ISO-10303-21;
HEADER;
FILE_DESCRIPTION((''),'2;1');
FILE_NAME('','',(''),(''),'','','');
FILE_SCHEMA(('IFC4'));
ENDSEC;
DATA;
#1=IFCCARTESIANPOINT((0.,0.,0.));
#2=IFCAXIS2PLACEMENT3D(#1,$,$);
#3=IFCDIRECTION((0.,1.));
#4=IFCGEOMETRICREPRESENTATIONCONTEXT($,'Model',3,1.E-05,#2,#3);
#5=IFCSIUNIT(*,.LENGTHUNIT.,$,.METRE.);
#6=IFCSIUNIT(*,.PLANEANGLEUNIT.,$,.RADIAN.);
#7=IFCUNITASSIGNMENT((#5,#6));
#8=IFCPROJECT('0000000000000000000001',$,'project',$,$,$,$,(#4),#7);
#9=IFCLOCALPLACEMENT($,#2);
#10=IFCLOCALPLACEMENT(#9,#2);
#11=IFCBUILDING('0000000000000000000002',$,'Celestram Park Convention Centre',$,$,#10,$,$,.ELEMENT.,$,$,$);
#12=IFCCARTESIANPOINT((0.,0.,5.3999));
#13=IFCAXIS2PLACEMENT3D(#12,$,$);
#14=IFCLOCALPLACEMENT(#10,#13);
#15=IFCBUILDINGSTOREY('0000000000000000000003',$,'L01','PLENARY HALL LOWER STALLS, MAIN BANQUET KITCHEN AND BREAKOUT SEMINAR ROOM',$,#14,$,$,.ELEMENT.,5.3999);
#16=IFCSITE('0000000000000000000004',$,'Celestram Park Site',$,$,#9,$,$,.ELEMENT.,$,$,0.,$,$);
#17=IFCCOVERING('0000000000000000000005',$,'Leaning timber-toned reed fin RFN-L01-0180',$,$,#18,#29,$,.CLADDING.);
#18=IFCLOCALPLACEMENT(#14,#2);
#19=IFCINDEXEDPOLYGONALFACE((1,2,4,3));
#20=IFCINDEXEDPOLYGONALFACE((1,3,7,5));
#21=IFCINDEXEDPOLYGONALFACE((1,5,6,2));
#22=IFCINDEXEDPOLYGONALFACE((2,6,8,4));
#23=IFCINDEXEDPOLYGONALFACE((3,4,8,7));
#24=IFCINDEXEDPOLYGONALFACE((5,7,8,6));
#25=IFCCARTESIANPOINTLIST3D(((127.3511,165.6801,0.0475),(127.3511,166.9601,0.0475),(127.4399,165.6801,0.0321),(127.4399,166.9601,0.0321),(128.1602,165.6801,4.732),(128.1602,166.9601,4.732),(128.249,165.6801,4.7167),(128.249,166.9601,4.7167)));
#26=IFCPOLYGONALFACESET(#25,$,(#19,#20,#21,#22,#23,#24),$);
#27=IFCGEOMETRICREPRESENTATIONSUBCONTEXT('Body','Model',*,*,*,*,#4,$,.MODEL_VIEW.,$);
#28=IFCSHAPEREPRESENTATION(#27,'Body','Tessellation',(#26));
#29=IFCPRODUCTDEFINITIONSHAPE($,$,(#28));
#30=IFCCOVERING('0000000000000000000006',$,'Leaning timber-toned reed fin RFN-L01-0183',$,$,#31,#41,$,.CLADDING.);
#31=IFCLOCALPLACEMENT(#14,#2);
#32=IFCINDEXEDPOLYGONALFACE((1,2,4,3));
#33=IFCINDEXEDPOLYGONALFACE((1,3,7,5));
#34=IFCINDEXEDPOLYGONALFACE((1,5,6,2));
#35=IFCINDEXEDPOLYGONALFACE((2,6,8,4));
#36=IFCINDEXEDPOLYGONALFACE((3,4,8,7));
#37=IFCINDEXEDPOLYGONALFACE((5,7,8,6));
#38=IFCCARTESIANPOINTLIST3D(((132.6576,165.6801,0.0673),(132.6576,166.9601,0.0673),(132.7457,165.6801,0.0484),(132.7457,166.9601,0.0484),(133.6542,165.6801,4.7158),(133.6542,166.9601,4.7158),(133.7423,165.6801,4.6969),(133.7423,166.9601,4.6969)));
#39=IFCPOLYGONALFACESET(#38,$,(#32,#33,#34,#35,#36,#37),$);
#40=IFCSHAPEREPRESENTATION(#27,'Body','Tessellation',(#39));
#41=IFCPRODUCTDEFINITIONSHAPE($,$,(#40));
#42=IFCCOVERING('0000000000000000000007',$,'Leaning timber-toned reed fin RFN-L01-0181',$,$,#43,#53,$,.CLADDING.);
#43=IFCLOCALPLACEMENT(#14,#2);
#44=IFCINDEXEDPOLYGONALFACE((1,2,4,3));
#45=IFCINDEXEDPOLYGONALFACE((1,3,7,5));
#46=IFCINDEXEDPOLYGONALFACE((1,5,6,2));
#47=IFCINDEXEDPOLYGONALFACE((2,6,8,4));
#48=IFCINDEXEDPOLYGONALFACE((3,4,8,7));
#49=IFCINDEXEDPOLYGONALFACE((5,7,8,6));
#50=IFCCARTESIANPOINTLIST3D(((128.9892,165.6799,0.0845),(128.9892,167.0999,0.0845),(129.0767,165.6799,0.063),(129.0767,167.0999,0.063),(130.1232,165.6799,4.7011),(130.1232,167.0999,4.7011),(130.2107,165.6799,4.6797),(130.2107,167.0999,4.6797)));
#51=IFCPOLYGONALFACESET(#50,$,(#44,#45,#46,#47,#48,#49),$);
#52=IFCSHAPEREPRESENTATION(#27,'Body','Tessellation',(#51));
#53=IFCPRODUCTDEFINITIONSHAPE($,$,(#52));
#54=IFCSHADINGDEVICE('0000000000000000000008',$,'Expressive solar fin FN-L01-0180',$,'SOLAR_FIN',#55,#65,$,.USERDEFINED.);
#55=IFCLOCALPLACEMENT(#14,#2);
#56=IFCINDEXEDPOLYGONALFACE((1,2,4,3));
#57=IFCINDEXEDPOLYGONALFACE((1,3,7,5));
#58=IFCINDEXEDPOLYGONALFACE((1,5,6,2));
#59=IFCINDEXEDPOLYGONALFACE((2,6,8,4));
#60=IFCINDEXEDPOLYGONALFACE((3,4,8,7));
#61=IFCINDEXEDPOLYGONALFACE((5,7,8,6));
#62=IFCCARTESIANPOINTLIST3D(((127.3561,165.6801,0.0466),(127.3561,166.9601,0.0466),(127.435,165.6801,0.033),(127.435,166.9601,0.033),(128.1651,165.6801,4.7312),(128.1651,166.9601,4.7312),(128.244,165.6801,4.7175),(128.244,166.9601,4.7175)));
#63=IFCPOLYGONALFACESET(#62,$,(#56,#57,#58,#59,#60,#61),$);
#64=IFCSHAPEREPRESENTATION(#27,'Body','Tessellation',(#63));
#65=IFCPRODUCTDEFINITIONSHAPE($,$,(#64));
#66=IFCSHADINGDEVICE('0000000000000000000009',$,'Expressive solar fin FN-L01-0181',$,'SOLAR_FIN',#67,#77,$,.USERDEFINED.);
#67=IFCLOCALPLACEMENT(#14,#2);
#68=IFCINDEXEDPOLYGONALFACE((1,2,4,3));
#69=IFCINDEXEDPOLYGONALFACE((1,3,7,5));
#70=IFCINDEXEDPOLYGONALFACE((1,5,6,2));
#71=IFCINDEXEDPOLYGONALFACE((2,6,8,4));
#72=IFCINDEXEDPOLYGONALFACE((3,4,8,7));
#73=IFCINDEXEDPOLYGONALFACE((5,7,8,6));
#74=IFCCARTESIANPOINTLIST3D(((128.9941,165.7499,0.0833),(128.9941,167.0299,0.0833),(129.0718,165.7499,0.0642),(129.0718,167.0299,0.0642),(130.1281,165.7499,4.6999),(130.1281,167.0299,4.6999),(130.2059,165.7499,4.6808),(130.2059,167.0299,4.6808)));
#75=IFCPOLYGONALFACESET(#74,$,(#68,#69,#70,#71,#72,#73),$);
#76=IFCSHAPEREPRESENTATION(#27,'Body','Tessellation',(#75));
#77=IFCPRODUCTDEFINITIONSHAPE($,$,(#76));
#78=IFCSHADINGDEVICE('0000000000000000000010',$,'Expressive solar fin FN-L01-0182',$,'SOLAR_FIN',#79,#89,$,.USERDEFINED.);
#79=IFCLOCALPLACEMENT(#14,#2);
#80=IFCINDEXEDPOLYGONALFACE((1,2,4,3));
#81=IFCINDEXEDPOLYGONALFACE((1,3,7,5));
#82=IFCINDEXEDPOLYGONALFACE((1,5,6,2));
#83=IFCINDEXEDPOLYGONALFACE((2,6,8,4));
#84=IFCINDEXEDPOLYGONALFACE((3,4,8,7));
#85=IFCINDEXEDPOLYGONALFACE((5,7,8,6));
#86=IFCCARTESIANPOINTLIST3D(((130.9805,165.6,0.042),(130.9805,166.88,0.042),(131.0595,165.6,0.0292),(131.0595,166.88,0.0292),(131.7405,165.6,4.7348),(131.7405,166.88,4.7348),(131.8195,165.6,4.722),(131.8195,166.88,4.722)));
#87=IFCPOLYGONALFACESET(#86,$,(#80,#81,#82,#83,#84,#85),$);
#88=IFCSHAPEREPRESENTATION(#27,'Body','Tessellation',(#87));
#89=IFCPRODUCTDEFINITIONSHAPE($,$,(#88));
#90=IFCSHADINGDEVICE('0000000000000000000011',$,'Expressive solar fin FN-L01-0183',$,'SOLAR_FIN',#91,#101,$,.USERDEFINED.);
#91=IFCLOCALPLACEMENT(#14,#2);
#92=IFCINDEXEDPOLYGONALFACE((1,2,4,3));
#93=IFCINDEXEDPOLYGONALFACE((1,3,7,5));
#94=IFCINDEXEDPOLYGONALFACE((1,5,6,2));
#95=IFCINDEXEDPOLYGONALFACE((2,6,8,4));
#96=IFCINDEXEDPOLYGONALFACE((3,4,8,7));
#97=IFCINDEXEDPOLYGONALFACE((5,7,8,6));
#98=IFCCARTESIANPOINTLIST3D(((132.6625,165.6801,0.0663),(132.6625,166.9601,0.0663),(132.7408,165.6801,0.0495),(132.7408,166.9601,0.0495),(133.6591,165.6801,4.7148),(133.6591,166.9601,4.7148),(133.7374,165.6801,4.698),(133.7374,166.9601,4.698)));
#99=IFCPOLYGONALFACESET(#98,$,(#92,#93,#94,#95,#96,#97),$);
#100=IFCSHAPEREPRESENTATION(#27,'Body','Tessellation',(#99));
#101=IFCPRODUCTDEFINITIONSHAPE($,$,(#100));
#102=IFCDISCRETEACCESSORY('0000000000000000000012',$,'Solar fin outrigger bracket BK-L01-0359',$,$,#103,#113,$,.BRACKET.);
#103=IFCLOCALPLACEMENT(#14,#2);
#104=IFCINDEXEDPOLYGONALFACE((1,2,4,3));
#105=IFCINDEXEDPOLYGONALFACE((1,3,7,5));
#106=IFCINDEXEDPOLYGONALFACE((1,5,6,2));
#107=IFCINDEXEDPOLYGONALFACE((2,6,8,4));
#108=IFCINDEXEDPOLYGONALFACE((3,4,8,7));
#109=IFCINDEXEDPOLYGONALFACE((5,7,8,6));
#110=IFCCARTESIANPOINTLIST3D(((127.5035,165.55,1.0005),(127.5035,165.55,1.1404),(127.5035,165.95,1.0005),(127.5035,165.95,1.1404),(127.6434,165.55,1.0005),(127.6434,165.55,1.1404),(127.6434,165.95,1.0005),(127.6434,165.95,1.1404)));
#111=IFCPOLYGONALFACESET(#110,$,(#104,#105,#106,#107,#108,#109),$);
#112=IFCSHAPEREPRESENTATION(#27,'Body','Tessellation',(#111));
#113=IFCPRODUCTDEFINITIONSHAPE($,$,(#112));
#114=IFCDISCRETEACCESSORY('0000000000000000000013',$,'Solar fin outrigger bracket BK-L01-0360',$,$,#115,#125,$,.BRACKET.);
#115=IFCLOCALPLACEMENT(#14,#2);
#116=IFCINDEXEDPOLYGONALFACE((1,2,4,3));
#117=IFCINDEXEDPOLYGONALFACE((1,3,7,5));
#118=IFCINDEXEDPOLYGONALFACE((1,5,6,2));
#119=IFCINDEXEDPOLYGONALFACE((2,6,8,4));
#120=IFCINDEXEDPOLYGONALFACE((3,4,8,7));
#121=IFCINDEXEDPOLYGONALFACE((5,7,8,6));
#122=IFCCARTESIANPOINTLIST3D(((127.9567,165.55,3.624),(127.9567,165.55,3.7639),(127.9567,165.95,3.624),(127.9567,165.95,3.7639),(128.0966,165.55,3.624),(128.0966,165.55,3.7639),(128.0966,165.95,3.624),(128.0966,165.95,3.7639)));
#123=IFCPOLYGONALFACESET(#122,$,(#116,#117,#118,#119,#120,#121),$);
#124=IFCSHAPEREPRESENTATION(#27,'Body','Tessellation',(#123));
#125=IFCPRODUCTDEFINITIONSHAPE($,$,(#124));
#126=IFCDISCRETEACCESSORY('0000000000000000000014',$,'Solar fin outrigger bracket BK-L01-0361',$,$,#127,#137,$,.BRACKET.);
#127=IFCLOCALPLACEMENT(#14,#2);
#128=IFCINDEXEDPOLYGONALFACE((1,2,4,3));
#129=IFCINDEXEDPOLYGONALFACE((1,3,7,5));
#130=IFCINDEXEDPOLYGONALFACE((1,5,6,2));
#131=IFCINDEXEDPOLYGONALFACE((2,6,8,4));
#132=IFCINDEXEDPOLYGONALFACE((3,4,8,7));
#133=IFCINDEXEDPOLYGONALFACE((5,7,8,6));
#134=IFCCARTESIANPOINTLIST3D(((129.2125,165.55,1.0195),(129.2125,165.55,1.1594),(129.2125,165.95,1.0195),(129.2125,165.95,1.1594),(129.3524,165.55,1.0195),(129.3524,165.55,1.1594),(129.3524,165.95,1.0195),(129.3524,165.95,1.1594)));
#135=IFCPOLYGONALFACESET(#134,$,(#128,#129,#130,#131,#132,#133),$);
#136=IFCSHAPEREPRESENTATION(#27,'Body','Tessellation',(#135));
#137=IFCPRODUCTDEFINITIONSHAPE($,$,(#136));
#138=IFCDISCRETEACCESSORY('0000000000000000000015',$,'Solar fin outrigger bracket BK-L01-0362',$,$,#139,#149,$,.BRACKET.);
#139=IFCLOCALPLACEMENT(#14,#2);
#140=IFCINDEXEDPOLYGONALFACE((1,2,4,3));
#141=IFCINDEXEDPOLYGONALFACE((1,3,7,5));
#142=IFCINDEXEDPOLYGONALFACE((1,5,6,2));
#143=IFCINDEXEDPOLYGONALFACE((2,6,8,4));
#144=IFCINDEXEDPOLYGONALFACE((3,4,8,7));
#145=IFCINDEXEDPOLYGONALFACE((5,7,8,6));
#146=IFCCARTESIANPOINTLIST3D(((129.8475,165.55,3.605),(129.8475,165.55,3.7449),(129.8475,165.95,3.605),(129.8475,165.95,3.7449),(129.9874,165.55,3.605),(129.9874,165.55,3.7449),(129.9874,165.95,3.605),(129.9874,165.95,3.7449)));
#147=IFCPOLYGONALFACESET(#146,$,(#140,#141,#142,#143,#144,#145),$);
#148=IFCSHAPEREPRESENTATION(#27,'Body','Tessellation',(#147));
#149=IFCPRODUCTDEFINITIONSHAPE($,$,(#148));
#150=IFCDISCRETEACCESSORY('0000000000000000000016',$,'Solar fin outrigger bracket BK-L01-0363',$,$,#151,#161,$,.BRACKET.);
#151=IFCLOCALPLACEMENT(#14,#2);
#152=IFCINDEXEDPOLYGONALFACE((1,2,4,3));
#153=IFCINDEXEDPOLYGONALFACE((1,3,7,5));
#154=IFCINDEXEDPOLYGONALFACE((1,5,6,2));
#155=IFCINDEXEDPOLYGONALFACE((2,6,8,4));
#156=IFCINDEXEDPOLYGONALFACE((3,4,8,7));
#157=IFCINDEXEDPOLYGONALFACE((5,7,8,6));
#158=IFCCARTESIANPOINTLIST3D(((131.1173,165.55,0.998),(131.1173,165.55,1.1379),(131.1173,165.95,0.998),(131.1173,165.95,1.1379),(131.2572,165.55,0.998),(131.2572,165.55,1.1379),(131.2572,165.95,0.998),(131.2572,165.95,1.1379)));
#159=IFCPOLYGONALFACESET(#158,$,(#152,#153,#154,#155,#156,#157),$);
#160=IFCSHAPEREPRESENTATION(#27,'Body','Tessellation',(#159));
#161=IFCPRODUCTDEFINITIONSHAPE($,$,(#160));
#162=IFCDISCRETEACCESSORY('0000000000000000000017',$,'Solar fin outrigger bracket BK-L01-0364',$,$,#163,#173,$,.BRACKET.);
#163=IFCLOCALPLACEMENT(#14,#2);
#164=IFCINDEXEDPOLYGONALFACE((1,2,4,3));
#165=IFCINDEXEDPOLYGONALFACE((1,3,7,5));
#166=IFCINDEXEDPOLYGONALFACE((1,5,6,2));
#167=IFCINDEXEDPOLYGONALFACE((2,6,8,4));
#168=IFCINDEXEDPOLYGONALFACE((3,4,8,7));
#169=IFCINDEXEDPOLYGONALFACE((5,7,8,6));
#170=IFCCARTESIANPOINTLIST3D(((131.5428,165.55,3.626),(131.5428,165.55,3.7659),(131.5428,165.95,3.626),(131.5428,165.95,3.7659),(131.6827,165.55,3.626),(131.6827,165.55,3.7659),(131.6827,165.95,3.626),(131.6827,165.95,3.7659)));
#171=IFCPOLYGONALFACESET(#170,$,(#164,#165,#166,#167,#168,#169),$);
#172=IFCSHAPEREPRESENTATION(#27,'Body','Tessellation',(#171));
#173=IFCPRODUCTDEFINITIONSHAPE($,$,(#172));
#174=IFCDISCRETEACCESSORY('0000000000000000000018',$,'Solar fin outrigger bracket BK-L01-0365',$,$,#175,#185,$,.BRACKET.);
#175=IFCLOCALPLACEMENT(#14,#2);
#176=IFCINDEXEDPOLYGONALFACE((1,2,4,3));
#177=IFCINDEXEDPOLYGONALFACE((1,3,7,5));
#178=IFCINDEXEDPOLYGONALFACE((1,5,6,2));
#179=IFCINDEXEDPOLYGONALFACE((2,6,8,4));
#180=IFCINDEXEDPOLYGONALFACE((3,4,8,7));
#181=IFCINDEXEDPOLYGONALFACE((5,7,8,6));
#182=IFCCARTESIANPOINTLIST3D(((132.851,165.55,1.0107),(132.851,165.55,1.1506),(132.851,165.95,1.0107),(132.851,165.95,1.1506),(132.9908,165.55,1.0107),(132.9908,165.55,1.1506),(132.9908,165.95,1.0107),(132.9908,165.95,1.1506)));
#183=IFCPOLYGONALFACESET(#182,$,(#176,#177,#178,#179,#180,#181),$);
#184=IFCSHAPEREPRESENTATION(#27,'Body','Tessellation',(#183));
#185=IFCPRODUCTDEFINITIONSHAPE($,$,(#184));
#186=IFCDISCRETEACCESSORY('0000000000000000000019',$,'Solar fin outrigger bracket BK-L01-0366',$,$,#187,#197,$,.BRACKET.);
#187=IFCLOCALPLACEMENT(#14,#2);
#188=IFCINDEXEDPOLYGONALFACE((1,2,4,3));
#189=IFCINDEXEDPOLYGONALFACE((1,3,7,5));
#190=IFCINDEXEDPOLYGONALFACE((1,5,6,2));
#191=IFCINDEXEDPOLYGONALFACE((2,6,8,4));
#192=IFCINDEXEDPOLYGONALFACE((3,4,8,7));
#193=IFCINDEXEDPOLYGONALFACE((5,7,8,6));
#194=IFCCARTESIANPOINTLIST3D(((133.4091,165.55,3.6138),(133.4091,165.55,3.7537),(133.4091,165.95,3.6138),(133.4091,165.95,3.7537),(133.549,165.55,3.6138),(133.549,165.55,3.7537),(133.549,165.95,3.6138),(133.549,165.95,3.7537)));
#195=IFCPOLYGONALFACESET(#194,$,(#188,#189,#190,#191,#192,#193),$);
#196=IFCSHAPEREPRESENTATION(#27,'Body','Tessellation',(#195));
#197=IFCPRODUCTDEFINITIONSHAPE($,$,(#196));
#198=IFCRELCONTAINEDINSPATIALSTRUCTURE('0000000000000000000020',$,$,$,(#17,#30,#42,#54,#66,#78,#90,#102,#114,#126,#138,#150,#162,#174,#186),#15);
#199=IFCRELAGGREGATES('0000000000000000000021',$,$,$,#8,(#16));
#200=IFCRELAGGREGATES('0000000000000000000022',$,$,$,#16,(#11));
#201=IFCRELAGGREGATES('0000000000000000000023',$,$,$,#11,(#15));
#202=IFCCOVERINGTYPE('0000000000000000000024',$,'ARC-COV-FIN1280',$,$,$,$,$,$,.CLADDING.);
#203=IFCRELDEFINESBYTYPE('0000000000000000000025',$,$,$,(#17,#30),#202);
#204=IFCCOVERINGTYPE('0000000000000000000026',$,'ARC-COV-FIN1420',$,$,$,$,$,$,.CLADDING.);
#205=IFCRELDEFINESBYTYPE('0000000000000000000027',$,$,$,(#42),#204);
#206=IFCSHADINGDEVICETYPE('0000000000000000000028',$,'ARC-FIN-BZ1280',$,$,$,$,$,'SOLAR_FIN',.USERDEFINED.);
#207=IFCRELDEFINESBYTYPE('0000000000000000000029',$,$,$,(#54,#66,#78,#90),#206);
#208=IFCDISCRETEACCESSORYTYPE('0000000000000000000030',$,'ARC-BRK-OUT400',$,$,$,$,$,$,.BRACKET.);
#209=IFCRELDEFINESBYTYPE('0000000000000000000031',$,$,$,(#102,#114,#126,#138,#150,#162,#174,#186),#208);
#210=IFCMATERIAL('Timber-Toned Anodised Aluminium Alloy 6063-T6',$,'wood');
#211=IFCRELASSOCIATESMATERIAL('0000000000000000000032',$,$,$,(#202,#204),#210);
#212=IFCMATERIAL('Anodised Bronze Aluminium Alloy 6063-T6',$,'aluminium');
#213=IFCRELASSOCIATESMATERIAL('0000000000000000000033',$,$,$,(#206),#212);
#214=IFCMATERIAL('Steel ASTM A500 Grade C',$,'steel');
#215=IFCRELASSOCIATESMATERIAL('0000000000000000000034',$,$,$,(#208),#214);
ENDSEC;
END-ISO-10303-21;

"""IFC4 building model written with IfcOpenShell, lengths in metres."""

from ifc_helpers import new_model, si_unit, direction, frame, origin, origin_2d, place, context, subcontext, project, spatial, rectangle, extrude, material, material_profile, profile_set, type_object, element, save


model = new_model("IFC4")

# Units and contexts
model_context = context("Model", 3, precision=1e-05, world=origin(), true_north=direction((0.0, 1.0)))
body_context = subcontext(model_context, "Body", "Model", "MODEL_VIEW")
ifc_project = project(units=[si_unit("LENGTHUNIT", "METRE"), si_unit("PLANEANGLEUNIT", "RADIAN")], contexts=[model_context])

# Site, building, storey
site_placement = place(None, origin())
site = spatial("IfcSite", under=ifc_project, at=site_placement, Name="Celestram Park Site", CompositionType="ELEMENT", RefElevation=0.0)
building_placement = place(site_placement, origin())
building = spatial("IfcBuilding", under=site, at=building_placement, Name="Celestram Park Convention Centre", CompositionType="ELEMENT")
storey_placement = place(building_placement, frame((0.0, 0.0, 5.3999)))
storey = spatial("IfcBuildingStorey", under=building, at=storey_placement, Name="L01", Description="PLENARY HALL LOWER STALLS, MAIN BANQUET KITCHEN AND BREAKOUT SEMINAR ROOM", CompositionType="ELEMENT", Elevation=5.3999)

# Coverings
ifc_material_1 = material(Name="Timber-Toned Anodised Aluminium Alloy 6063-T6", Category="wood")
ifc_material_profile_1 = material_profile(ifc_material_1, rectangle(XDim=1.28, YDim=0.0901, at=origin_2d()), Name="REED1280X90")
ifc_profile_set_1 = profile_set([ifc_material_profile_1], Name="Timber-Toned Anodised Aluminium Alloy 6063-T6")
covering_type_1 = type_object("IfcCoveringType", Name="ARC-COV-FIN1280", PredefinedType="CLADDING", material=ifc_profile_set_1)
covering_1_placement = place(storey_placement, frame((127.3955, 166.3201, 0.0398), z_axis=(0.170192, 0.0, 0.985411), x_axis=(0.0, 1.0, 0.0)))
element("IfcCovering", 1, at=covering_1_placement, inside=storey, type_object=covering_type_1, Name="Leaning timber-toned reed fin RFN-L01-0180", PredefinedType="CLADDING", context=body_context, shape_type="SweptSolid", body=[
    extrude(rectangle(XDim=1.28, YDim=0.0901, at=origin_2d()), origin(), (0.0, 0.0, 1.0), 4.7539),
])
covering_2_placement = place(storey_placement, frame((132.7017, 166.3201, 0.0579), z_axis=(0.209627, 0.0, 0.977781), x_axis=(0.0, 1.0, 0.0)))
element("IfcCovering", 2, at=covering_2_placement, inside=storey, type_object=covering_type_1, Name="Leaning timber-toned reed fin RFN-L01-0183", PredefinedType="CLADDING", context=body_context, shape_type="SweptSolid", body=[
    extrude(rectangle(XDim=1.28, YDim=0.0901, at=origin_2d()), origin(), (0.0, 0.0, 1.0), 4.7542),
])
ifc_material_profile_2 = material_profile(ifc_material_1, rectangle(XDim=1.4199, YDim=0.0901, at=origin_2d()), Name="REED1420X90")
ifc_profile_set_2 = profile_set([ifc_material_profile_2], Name="Timber-Toned Anodised Aluminium Alloy 6063-T6")
covering_type_2 = type_object("IfcCoveringType", Name="ARC-COV-FIN1420", PredefinedType="CLADDING", material=ifc_profile_set_2)
covering_3_placement = place(storey_placement, frame((129.033, 166.3899, 0.0737), z_axis=(0.238546, 0.0, 0.971131), x_axis=(0.0, 1.0, 0.0)))
element("IfcCovering", 3, at=covering_3_placement, inside=storey, type_object=covering_type_2, Name="Leaning timber-toned reed fin RFN-L01-0181", PredefinedType="CLADDING", context=body_context, shape_type="SweptSolid", body=[
    extrude(rectangle(XDim=1.4199, YDim=0.0901, at=origin_2d()), origin(), (0.0, 0.0, 1.0), 4.7539),
])

# Shading devices
ifc_material_2 = material(Name="Anodised Bronze Aluminium Alloy 6063-T6", Category="aluminium")
ifc_material_profile_3 = material_profile(ifc_material_2, rectangle(XDim=1.28, YDim=0.0801, at=origin_2d()), Name="FIN1280X80")
ifc_profile_set_3 = profile_set([ifc_material_profile_3], Name="Anodised Bronze Aluminium Alloy 6063-T6")
shading_device_type = type_object("IfcShadingDeviceType", Name="ARC-FIN-BZ1280", ElementType="SOLAR_FIN", PredefinedType="USERDEFINED", material=ifc_profile_set_3)
for number, where, z_axis, x_axis, name in (
    (4, (127.3955, 166.3201, 0.0398), (0.170192, 0.0, 0.985411), (0.0, 1.0, 0.0), "Expressive solar fin FN-L01-0180"),
    (5, (129.033, 166.3899, 0.0737), (0.238546, 0.0, 0.971131), (0.0, 1.0, 0.0), "Expressive solar fin FN-L01-0181"),
    (6, (131.02, 166.24, 0.0356), (0.159867, 0.0, 0.987139), (0.0, 1.0, 0.0), "Expressive solar fin FN-L01-0182"),
):
    element("IfcShadingDevice", number, at=place(storey_placement, frame(where, z_axis=z_axis, x_axis=x_axis)), inside=storey, type_object=shading_device_type, Name=name, ObjectType="SOLAR_FIN", PredefinedType="USERDEFINED", context=body_context, shape_type="SweptSolid", body=[
        extrude(rectangle(XDim=1.28, YDim=0.0801, at=origin_2d()), origin(), (0.0, 0.0, 1.0), 4.7539),
    ])
shading_device_placement = place(storey_placement, frame((132.7017, 166.3201, 0.0579), z_axis=(0.209627, 0.0, 0.977781), x_axis=(0.0, 1.0, 0.0)))
element("IfcShadingDevice", 7, at=shading_device_placement, inside=storey, type_object=shading_device_type, Name="Expressive solar fin FN-L01-0183", ObjectType="SOLAR_FIN", PredefinedType="USERDEFINED", context=body_context, shape_type="SweptSolid", body=[
    extrude(rectangle(XDim=1.28, YDim=0.0801, at=origin_2d()), origin(), (0.0, 0.0, 1.0), 4.7542),
])

# Discrete accessories
ifc_material_3 = material(Name="Steel ASTM A500 Grade C", Category="steel")
discrete_accessory_type = type_object("IfcDiscreteAccessoryType", Name="ARC-BRK-OUT400", PredefinedType="BRACKET", material=ifc_material_3)
for number, where, z_axis, x_axis, name in (
    (8, (127.5735, 165.75, 1.0005), (0.0, 0.0, 1.0), (0.0, 1.0, 0.0), "Solar fin outrigger bracket BK-L01-0359"),
    (9, (128.0266, 165.75, 3.624), (0.0, 0.0, 1.0), (0.0, 1.0, 0.0), "Solar fin outrigger bracket BK-L01-0360"),
    (10, (129.2825, 165.75, 1.0195), (0.0, 0.0, 1.0), (0.0, 1.0, 0.0), "Solar fin outrigger bracket BK-L01-0361"),
    (11, (129.9175, 165.75, 3.605), (0.0, 0.0, 1.0), (0.0, 1.0, 0.0), "Solar fin outrigger bracket BK-L01-0362"),
    (12, (131.1873, 165.75, 0.998), (0.0, 0.0, 1.0), (0.0, 1.0, 0.0), "Solar fin outrigger bracket BK-L01-0363"),
    (13, (131.6128, 165.75, 3.626), (0.0, 0.0, 1.0), (0.0, 1.0, 0.0), "Solar fin outrigger bracket BK-L01-0364"),
    (14, (132.9209, 165.75, 1.0107), (0.0, 0.0, 1.0), (0.0, 1.0, 0.0), "Solar fin outrigger bracket BK-L01-0365"),
    (15, (133.479, 165.75, 3.6138), (0.0, 0.0, 1.0), (0.0, 1.0, 0.0), "Solar fin outrigger bracket BK-L01-0366"),
):
    element("IfcDiscreteAccessory", number, at=place(storey_placement, frame(where, z_axis=z_axis, x_axis=x_axis)), inside=storey, type_object=discrete_accessory_type, Name=name, PredefinedType="BRACKET", context=body_context, shape_type="SweptSolid", body=[
        extrude(rectangle(XDim=0.3999, YDim=0.1399, at=origin_2d()), origin(), (0.0, 0.0, 1.0), 0.1399),
    ])

save(model, "model.ifc")
